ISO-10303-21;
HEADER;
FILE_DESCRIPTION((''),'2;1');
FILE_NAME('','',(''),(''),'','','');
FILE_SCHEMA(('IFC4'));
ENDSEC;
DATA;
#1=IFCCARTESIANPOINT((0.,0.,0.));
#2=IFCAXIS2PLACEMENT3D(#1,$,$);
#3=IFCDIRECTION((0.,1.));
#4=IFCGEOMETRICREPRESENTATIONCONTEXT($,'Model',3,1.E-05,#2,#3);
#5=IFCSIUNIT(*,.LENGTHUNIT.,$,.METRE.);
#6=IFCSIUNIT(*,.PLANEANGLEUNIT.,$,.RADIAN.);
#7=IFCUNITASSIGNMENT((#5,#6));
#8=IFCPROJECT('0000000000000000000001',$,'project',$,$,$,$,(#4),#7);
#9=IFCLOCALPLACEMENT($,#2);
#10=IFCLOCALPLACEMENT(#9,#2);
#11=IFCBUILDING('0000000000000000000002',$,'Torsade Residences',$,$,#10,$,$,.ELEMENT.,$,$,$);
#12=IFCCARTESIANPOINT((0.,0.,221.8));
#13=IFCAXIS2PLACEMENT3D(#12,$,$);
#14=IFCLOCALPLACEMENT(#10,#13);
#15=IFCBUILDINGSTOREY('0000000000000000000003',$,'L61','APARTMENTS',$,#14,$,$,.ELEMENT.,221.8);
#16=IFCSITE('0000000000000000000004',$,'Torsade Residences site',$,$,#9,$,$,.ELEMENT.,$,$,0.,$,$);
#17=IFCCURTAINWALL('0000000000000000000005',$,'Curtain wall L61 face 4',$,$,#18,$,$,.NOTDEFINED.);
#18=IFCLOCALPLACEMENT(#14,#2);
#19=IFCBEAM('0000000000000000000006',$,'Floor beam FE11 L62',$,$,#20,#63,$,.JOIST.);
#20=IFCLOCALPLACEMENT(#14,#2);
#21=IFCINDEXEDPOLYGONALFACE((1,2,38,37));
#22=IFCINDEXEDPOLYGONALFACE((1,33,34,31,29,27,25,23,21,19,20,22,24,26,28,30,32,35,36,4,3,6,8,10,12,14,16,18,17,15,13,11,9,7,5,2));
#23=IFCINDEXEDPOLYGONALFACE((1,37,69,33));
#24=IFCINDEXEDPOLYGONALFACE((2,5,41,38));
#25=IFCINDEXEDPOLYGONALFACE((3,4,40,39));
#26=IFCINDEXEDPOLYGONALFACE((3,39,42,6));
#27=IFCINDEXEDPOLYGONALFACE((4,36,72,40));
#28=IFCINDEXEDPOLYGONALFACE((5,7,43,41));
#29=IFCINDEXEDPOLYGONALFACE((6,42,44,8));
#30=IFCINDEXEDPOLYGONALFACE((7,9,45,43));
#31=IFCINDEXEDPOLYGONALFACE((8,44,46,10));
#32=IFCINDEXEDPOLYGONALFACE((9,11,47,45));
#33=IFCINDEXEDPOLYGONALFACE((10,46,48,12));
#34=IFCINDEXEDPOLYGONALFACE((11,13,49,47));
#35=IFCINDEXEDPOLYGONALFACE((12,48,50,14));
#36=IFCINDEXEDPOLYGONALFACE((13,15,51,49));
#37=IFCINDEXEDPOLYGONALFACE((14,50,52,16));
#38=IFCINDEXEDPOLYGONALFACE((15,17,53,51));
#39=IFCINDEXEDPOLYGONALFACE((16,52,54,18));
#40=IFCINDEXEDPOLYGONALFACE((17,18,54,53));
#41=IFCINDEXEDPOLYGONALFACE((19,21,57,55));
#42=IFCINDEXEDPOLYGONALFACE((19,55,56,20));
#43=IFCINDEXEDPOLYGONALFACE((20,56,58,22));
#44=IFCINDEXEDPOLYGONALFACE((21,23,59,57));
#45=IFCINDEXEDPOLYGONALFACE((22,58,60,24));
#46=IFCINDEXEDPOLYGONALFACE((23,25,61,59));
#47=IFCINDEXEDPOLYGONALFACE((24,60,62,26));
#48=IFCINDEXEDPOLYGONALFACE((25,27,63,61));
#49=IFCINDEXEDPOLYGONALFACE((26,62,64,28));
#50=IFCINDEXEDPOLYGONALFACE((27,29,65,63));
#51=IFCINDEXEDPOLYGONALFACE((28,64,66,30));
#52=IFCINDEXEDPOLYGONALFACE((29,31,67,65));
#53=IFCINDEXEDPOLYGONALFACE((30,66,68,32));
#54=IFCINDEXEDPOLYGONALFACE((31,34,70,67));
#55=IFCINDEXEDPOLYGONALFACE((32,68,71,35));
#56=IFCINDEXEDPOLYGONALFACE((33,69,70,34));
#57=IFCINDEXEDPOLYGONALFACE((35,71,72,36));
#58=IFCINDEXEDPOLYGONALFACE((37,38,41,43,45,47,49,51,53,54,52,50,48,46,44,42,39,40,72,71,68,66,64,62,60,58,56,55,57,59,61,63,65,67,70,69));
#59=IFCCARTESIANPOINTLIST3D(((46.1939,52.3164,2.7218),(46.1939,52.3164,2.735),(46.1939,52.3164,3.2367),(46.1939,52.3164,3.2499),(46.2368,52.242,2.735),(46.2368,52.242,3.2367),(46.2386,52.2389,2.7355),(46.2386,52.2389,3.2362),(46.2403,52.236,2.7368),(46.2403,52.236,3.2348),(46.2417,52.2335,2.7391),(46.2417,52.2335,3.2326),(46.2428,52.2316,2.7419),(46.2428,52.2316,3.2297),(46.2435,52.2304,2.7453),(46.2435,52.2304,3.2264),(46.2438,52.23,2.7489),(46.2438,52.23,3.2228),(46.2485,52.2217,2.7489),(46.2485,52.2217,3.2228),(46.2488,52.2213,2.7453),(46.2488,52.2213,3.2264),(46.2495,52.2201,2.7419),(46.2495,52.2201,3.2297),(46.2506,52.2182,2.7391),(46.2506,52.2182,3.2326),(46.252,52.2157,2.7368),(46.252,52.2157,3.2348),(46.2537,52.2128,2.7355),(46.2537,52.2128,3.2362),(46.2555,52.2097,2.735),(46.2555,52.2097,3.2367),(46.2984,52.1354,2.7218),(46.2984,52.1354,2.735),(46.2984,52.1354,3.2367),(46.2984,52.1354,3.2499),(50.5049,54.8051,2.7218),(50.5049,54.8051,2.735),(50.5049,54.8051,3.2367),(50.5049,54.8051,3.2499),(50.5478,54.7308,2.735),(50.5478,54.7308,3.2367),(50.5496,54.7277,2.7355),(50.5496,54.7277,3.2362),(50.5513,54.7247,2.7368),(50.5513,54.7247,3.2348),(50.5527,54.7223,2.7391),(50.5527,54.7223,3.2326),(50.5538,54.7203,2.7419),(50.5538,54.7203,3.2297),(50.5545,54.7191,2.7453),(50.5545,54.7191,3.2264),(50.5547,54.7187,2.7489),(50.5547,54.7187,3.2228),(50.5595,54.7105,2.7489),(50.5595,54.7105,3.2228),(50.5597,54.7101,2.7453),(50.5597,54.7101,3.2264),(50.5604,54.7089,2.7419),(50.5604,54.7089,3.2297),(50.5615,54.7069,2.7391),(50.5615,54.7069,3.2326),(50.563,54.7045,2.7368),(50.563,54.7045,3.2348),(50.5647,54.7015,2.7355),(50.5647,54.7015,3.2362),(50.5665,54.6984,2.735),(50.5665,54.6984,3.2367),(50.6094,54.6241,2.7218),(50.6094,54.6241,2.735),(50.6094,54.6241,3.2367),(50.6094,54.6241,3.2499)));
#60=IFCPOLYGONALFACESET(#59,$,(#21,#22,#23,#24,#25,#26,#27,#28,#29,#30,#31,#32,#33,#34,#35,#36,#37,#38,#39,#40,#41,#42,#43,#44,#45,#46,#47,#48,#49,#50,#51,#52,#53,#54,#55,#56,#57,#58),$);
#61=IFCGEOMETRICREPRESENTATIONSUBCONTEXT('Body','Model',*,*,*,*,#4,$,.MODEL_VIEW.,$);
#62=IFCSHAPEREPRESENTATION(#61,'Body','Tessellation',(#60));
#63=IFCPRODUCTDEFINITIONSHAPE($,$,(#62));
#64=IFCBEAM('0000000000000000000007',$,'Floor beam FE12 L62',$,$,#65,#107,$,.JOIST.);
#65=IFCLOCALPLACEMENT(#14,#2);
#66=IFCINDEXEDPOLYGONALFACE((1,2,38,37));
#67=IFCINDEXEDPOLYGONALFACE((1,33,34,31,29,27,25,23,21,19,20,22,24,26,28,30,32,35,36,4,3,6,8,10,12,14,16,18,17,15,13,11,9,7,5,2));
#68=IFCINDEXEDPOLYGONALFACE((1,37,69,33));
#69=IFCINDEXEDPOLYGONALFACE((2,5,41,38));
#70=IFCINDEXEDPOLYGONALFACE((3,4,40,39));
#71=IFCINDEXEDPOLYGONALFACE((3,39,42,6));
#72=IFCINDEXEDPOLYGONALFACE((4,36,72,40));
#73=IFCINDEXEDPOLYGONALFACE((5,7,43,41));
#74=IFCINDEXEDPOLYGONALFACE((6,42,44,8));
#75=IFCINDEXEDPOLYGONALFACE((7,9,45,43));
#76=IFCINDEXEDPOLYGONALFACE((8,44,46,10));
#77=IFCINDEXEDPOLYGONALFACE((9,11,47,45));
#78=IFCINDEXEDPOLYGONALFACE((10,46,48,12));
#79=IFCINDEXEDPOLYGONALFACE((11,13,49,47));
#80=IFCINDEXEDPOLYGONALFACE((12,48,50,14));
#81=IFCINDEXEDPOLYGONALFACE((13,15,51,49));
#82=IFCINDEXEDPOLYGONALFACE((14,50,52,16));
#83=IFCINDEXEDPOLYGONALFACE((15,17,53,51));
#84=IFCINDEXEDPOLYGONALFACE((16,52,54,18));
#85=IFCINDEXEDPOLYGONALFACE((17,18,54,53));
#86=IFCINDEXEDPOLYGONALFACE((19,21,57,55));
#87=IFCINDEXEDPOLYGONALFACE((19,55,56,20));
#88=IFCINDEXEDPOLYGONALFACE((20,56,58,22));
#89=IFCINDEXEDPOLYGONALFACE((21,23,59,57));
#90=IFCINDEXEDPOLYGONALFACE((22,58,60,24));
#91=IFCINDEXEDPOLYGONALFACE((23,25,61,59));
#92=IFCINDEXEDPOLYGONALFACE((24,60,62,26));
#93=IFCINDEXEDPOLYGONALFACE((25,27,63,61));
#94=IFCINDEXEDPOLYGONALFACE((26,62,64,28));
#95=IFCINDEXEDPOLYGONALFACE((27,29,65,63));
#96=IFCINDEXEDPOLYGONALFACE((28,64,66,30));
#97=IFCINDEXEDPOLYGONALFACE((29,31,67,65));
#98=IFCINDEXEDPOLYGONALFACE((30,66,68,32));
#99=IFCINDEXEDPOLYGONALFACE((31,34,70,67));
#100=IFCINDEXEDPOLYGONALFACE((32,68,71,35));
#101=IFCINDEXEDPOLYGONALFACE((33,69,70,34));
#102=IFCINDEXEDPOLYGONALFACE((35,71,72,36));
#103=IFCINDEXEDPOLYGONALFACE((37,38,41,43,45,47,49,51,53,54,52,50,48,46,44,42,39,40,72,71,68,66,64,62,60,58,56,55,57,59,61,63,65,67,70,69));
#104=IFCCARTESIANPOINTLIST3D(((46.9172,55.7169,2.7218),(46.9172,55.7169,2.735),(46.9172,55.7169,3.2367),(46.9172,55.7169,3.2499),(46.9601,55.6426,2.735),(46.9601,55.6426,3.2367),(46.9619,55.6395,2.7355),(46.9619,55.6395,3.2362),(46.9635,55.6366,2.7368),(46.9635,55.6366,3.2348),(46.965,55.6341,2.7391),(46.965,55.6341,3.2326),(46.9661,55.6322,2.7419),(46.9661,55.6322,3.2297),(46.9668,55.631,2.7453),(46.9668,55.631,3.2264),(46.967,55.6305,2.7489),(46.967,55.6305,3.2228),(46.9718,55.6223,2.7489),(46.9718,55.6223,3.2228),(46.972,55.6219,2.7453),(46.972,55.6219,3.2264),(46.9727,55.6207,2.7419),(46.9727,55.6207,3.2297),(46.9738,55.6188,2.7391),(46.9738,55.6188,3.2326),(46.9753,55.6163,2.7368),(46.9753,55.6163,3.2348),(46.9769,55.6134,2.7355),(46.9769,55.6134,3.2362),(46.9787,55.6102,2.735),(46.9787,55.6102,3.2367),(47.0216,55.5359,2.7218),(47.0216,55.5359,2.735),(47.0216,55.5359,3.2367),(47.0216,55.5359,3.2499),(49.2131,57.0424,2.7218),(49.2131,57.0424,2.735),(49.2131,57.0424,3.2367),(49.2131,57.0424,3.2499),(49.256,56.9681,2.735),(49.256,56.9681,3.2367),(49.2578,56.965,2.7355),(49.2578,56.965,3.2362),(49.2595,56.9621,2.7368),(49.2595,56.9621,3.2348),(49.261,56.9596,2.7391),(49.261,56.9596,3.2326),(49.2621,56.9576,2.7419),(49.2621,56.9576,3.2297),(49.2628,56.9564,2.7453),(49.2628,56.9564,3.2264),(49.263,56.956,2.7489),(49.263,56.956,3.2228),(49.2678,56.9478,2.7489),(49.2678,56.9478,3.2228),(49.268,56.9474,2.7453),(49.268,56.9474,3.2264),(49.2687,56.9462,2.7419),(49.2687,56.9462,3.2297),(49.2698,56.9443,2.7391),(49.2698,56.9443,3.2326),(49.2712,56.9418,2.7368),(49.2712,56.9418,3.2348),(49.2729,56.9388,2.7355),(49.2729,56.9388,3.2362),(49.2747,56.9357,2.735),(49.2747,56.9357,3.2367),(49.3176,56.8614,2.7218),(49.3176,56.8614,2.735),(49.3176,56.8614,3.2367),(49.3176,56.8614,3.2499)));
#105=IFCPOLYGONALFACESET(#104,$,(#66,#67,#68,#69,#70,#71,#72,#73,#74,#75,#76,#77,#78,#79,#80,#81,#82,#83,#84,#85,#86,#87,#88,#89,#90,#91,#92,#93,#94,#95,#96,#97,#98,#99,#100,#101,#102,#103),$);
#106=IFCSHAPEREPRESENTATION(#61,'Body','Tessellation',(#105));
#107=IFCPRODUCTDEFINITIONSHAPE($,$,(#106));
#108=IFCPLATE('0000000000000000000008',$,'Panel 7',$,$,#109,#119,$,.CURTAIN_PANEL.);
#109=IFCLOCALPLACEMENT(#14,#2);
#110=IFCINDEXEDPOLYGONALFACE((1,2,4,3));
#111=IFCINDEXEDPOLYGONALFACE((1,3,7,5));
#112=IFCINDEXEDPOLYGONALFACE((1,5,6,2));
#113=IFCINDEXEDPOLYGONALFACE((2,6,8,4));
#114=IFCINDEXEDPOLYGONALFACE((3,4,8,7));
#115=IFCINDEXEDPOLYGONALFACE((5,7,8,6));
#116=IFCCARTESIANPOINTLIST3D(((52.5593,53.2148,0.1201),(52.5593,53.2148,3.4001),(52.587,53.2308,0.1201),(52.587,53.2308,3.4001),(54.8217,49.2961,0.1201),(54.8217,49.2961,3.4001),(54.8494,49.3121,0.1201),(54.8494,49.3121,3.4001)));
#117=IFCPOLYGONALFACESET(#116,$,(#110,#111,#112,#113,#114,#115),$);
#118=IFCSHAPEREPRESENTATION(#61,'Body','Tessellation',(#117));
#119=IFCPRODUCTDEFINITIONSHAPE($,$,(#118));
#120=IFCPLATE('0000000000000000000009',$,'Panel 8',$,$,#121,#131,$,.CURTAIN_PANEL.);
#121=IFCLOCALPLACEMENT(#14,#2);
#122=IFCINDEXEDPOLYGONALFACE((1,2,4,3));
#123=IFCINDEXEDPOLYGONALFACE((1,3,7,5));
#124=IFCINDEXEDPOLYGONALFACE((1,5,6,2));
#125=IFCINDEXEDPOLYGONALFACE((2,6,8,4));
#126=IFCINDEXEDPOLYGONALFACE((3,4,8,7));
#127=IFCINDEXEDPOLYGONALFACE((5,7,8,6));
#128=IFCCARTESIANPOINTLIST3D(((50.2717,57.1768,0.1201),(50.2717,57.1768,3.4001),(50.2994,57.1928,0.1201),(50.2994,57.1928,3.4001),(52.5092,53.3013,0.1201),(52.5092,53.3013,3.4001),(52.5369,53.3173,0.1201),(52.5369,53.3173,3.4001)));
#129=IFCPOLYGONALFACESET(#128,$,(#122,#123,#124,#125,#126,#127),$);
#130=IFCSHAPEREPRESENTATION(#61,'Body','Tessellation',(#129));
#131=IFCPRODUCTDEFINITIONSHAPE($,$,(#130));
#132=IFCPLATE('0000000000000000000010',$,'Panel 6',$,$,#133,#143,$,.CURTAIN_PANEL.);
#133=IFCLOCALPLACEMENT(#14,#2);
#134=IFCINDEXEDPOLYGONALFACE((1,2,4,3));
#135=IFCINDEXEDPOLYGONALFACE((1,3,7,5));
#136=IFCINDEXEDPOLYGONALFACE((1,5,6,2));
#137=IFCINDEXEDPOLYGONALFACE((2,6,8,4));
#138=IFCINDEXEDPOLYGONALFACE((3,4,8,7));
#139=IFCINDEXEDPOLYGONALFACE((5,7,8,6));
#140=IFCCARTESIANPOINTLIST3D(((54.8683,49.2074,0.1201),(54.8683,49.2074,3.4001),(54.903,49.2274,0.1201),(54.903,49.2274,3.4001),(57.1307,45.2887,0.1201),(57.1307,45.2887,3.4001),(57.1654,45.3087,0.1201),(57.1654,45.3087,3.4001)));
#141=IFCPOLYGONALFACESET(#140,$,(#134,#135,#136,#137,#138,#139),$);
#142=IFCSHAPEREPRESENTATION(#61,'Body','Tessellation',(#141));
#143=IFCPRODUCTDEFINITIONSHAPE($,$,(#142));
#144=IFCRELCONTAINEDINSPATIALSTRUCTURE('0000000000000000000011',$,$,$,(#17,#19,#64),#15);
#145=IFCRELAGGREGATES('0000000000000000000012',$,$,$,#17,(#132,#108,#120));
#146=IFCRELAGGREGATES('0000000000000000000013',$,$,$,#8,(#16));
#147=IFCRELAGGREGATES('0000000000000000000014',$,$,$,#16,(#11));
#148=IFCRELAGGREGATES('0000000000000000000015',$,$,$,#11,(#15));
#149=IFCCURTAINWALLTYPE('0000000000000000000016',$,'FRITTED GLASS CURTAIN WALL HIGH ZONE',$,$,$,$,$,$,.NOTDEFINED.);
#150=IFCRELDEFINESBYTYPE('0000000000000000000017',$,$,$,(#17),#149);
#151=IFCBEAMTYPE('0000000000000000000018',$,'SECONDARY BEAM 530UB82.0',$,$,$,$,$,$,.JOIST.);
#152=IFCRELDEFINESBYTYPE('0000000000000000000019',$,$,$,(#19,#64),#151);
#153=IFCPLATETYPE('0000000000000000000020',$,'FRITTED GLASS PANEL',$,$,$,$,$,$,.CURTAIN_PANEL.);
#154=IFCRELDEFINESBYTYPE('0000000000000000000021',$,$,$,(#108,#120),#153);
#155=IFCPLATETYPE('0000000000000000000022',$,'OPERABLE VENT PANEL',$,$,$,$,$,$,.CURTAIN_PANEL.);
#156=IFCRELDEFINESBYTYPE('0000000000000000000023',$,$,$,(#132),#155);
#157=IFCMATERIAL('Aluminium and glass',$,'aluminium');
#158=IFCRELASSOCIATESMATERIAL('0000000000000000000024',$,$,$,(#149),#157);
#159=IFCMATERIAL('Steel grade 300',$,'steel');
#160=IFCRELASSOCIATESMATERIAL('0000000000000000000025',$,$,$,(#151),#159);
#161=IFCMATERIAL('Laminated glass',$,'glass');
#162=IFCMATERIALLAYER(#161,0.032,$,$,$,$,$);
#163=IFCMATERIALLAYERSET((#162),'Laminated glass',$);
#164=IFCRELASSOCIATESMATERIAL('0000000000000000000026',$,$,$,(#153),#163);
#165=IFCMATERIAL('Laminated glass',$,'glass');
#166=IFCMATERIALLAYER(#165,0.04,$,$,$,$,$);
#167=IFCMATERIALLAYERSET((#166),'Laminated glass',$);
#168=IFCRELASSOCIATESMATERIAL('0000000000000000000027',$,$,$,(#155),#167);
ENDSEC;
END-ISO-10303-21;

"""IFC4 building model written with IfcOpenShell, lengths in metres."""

from ifc_helpers import new_model, si_unit, direction, frame, origin, origin_2d, place, context, subcontext, project, spatial, rectangle, i_section, extrude, material, layer, layer_set, material_profile, profile_set, type_object, element, aggregate, save


model = new_model("IFC4")

# Units and contexts
model_context = context("Model", 3, precision=1e-05, world=origin(), true_north=direction((0.0, 1.0)))
body_context = subcontext(model_context, "Body", "Model", "MODEL_VIEW")
ifc_project = project(units=[si_unit("LENGTHUNIT", "METRE"), si_unit("PLANEANGLEUNIT", "RADIAN")], contexts=[model_context])

# Site, building, storey
site_placement = place(None, origin())
site = spatial("IfcSite", under=ifc_project, at=site_placement, Name="Torsade Residences site", CompositionType="ELEMENT", RefElevation=0.0)
building_placement = place(site_placement, origin())
building = spatial("IfcBuilding", under=site, at=building_placement, Name="Torsade Residences", CompositionType="ELEMENT")
storey_placement = place(building_placement, frame((0.0, 0.0, 221.8)))
storey = spatial("IfcBuildingStorey", under=building, at=storey_placement, Name="L61", Description="APARTMENTS", CompositionType="ELEMENT", Elevation=221.8)

# Curtain wall
ifc_material_1 = material(Name="Aluminium and glass", Category="aluminium")
curtain_wall_type = type_object("IfcCurtainWallType", Name="FRITTED GLASS CURTAIN WALL HIGH ZONE", PredefinedType="NOTDEFINED", material=ifc_material_1)
curtain_wall_placement = place(storey_placement, origin())
curtain_wall = element("IfcCurtainWall", 1, at=curtain_wall_placement, inside=storey, type_object=curtain_wall_type, Name="Curtain wall L61 face 4", PredefinedType="NOTDEFINED")

# Beams
ifc_material_2 = material(Name="Steel grade 300", Category="steel")
ifc_material_profile_1 = material_profile(ifc_material_2, i_section(OverallWidth=0.209, OverallDepth=0.5281, WebThickness=0.0095, FlangeThickness=0.0132, FilletRadius=0.0139, at=origin_2d()), Name="530UB82.0")
ifc_profile_set_1 = profile_set([ifc_material_profile_1], Name="Steel grade 300")
beam_type_1 = type_object("IfcBeamType", Name="SECONDARY BEAM 530UB82.0", PredefinedType="JOIST", material=ifc_profile_set_1)
beam_1_placement = place(storey_placement, frame((50.5571, 54.7146, 2.9858), z_axis=(-0.866043, -0.499969, 0.0), x_axis=(0.499969, -0.866043, 0.0)))
element("IfcBeam", 2, at=beam_1_placement, inside=storey, type_object=beam_type_1, Name="Floor beam FE11 L62", PredefinedType="JOIST", context=body_context, shape_type="SweptSolid", body=[
    extrude(i_section(OverallWidth=0.209, OverallDepth=0.5281, WebThickness=0.0095, FlangeThickness=0.0132, FilletRadius=0.0139, at=origin_2d()), origin(), (0.0, 0.0, 1.0), 4.9778),
])
beam_2_placement = place(storey_placement, frame((49.2654, 56.9519, 2.9858), z_axis=(-0.866041, -0.499972, 0.0), x_axis=(0.499972, -0.866041, 0.0)))
element("IfcBeam", 3, at=beam_2_placement, inside=storey, type_object=beam_type_1, Name="Floor beam FE12 L62", PredefinedType="JOIST", context=body_context, shape_type="SweptSolid", body=[
    extrude(i_section(OverallWidth=0.209, OverallDepth=0.5281, WebThickness=0.0095, FlangeThickness=0.0132, FilletRadius=0.0139, at=origin_2d()), origin(), (0.0, 0.0, 1.0), 2.6511),
])

# Plates
ifc_material_3 = material(Name="Laminated glass", Category="glass")
ifc_layer_1 = layer(ifc_material_3, 0.032)
ifc_layer_set_1 = layer_set([ifc_layer_1], Name="Laminated glass")
plate_type_1 = type_object("IfcPlateType", Name="FRITTED GLASS PANEL", PredefinedType="CURTAIN_PANEL", material=ifc_layer_set_1)
plate_1_placement = place(storey_placement, frame((53.7043, 51.2634, 0.1201), z_axis=(0.0, 0.0, 1.0), x_axis=(-0.5, 0.866025, 0.0)))
plate_1 = element("IfcPlate", 4, at=plate_1_placement, type_object=plate_type_1, Name="Panel 7", PredefinedType="CURTAIN_PANEL", context=body_context, shape_type="SweptSolid", body=[
    extrude(rectangle(XDim=4.5249, YDim=0.032, at=origin_2d()), origin(), (0.0, 0.0, 1.0), 3.28),
])
plate_2_placement = place(storey_placement, frame((51.4043, 55.2471, 0.1201), z_axis=(0.0, 0.0, 1.0), x_axis=(-0.5, 0.866025, 0.0)))
plate_2 = element("IfcPlate", 5, at=plate_2_placement, type_object=plate_type_1, Name="Panel 8", PredefinedType="CURTAIN_PANEL", context=body_context, shape_type="SweptSolid", body=[
    extrude(rectangle(XDim=4.4751, YDim=0.032, at=origin_2d()), origin(), (0.0, 0.0, 1.0), 3.28),
])
ifc_material_4 = material(Name="Laminated glass", Category="glass")
ifc_layer_2 = layer(ifc_material_4, 0.04)
ifc_layer_set_2 = layer_set([ifc_layer_2], Name="Laminated glass")
plate_type_2 = type_object("IfcPlateType", Name="OPERABLE VENT PANEL", PredefinedType="CURTAIN_PANEL", material=ifc_layer_set_2)
plate_3_placement = place(storey_placement, frame((56.0168, 47.2581, 0.1201), z_axis=(0.0, 0.0, 1.0), x_axis=(-0.5, 0.866025, 0.0)))
plate_3 = element("IfcPlate", 6, at=plate_3_placement, type_object=plate_type_2, Name="Panel 6", PredefinedType="CURTAIN_PANEL", context=body_context, shape_type="SweptSolid", body=[
    extrude(rectangle(XDim=4.5249, YDim=0.04, at=origin_2d()), origin(), (0.0, 0.0, 1.0), 3.28),
])
aggregate(curtain_wall, [plate_3, plate_1, plate_2])

save(model, "model.ifc")
